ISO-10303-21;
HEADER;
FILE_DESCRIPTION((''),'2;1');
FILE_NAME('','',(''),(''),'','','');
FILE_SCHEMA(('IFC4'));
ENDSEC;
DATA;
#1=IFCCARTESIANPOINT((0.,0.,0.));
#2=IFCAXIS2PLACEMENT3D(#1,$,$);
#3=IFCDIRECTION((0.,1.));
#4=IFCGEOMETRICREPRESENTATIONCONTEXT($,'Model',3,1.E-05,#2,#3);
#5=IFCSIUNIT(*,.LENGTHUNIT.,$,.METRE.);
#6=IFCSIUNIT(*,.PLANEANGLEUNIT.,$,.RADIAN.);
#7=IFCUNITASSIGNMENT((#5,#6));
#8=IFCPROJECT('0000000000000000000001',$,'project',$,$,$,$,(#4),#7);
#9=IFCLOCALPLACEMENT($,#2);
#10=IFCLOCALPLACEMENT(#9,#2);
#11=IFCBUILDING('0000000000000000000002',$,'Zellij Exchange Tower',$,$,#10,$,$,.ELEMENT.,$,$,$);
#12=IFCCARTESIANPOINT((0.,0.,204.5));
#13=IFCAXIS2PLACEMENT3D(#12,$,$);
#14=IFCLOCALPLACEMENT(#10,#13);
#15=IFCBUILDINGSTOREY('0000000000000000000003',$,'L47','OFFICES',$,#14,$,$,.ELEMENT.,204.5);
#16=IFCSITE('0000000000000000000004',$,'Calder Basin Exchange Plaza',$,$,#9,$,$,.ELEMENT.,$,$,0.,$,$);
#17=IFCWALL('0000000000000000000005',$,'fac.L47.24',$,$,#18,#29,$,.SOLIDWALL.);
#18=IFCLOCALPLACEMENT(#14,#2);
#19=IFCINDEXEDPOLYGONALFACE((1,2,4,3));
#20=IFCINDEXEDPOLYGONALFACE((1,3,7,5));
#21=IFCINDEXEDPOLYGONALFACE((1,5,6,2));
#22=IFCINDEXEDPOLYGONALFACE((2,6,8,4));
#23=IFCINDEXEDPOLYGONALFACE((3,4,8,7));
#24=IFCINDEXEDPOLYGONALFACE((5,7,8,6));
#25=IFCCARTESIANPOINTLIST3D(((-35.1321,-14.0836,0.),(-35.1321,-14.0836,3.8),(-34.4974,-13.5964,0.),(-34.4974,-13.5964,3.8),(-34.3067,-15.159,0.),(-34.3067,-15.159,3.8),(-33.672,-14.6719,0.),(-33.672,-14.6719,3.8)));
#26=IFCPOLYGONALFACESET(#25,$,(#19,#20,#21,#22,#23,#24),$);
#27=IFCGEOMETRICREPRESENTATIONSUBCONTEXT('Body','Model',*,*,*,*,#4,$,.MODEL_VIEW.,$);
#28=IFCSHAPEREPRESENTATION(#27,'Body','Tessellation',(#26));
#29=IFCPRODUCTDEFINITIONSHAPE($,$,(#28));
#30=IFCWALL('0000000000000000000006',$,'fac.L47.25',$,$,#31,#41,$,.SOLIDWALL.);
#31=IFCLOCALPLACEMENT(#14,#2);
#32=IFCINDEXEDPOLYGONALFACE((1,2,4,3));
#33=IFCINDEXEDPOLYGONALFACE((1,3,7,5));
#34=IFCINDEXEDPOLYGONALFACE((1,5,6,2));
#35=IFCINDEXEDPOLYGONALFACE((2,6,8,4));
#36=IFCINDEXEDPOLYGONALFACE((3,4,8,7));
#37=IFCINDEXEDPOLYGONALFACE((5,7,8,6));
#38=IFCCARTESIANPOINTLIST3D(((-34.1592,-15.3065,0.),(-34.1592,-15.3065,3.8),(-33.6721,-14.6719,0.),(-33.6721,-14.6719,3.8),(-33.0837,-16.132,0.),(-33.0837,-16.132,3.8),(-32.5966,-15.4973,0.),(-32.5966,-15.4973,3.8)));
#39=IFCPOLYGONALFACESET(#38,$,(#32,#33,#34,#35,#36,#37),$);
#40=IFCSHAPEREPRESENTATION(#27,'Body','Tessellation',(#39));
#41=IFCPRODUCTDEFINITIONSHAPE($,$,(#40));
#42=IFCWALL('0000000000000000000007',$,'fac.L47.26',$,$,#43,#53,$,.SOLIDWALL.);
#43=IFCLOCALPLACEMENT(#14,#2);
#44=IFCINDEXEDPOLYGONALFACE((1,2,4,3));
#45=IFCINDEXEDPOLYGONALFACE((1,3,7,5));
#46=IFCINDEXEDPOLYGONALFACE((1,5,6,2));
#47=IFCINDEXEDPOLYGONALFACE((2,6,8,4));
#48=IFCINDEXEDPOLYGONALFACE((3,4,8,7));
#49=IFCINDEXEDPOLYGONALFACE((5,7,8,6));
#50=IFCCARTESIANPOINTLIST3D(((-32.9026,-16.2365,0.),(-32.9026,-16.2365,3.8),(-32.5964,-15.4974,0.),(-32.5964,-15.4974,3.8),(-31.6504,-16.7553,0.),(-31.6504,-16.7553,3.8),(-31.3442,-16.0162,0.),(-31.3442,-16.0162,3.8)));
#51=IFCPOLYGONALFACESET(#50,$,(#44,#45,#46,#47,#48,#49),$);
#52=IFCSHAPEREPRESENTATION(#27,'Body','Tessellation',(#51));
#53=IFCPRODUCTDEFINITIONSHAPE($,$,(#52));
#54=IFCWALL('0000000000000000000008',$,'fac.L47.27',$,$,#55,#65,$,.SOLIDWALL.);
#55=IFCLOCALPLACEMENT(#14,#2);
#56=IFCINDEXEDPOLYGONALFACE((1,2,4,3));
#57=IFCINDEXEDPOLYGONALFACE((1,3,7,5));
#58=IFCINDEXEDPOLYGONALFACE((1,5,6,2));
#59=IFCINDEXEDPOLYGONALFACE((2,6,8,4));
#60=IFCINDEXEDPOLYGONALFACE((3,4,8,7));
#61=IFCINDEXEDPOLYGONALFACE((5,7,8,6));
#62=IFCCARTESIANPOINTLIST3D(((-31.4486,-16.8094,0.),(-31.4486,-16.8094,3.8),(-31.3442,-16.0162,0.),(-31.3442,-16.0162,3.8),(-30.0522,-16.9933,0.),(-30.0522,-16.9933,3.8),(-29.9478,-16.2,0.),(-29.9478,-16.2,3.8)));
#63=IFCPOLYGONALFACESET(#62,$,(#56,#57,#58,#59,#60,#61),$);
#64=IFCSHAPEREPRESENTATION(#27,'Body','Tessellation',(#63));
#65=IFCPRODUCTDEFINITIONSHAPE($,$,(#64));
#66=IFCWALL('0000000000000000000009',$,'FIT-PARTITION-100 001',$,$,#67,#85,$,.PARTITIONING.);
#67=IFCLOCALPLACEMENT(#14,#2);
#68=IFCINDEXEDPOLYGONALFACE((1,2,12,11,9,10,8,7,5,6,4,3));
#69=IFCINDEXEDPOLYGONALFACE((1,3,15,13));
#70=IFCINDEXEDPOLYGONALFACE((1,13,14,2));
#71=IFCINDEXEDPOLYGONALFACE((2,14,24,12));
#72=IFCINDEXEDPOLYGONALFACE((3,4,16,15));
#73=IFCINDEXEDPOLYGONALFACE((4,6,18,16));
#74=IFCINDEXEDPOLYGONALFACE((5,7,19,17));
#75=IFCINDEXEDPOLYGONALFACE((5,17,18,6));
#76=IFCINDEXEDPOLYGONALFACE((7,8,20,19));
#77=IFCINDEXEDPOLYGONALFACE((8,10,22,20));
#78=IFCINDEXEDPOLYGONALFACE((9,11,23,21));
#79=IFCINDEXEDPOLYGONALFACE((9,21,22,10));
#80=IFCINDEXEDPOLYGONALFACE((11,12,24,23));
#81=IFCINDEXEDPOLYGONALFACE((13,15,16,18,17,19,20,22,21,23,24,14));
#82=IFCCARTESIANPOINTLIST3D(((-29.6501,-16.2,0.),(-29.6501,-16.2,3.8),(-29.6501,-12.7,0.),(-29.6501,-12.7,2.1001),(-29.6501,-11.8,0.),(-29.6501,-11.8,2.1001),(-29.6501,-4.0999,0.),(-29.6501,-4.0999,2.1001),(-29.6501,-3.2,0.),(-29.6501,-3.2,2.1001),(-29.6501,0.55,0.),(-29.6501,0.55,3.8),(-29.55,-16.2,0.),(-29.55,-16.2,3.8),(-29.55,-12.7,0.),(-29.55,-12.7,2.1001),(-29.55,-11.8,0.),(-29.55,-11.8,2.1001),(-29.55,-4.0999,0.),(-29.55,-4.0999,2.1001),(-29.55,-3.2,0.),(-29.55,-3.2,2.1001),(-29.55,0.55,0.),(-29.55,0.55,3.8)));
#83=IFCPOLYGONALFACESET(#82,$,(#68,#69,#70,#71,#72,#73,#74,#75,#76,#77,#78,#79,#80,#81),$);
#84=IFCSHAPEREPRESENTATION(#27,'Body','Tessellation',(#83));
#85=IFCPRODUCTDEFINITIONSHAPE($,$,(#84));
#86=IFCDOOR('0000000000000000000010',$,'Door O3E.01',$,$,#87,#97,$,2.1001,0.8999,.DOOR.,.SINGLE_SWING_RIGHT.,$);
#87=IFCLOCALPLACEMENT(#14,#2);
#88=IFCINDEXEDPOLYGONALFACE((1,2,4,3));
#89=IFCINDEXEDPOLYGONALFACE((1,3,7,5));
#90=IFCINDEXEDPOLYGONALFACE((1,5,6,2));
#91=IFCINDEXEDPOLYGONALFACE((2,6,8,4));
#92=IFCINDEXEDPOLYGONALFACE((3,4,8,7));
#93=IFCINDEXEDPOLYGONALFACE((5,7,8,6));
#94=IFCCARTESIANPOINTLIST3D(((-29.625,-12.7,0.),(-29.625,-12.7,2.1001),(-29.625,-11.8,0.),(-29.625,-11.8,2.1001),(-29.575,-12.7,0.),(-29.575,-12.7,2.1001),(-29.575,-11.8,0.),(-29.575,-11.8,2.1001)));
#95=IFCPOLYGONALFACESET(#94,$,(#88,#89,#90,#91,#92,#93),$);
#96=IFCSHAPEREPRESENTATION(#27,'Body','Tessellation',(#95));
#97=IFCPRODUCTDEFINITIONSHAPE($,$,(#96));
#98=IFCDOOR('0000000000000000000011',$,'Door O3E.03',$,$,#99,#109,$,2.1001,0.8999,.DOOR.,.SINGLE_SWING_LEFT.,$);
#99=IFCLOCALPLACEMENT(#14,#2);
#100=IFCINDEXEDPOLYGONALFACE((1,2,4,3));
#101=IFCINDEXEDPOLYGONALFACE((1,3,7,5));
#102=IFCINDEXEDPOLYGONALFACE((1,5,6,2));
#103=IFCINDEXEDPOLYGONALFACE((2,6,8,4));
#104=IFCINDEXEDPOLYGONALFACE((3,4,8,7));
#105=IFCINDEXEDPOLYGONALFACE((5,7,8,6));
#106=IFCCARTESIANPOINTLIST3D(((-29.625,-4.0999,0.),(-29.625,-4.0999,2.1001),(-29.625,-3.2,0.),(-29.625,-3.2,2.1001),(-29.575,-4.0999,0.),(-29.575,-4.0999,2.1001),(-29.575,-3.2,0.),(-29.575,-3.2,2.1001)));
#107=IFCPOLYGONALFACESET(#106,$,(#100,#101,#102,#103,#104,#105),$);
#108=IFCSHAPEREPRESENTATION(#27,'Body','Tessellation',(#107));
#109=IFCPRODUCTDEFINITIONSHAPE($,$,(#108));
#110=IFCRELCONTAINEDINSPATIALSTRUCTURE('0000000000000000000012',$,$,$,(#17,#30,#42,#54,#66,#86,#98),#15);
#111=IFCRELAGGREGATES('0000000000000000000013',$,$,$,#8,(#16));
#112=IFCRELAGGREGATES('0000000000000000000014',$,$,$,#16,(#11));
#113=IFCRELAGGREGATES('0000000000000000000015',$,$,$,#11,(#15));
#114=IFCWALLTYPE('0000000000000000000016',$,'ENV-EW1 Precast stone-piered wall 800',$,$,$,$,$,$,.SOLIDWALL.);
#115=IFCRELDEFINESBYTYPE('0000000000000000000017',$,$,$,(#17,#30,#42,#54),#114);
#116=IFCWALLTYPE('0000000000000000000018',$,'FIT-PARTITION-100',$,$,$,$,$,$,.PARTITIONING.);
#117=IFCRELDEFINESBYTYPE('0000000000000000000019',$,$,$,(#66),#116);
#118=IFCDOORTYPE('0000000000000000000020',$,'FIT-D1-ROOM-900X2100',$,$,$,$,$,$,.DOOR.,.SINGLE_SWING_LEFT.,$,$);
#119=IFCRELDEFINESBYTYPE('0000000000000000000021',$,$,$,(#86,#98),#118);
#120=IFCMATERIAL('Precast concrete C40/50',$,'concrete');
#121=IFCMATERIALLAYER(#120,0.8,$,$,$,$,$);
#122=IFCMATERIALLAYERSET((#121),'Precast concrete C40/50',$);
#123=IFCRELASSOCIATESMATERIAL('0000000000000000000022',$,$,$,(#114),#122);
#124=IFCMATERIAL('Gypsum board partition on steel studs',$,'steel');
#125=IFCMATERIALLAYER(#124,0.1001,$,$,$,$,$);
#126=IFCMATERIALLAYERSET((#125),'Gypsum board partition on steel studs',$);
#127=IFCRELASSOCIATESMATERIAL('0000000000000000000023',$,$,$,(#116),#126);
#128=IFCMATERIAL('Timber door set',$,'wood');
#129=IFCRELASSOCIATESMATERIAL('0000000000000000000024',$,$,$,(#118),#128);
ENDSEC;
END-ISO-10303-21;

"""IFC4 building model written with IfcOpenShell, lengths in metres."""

from ifc_helpers import new_model, si_unit, direction, frame, frame_2d, origin, place, context, subcontext, project, spatial, rectangle, extrude, material, layer, layer_set, type_object, element, fill, save


model = new_model("IFC4")

# Units and contexts
model_context = context("Model", 3, precision=1e-05, world=origin(), true_north=direction((0.0, 1.0)))
body_context = subcontext(model_context, "Body", "Model", "MODEL_VIEW")
ifc_project = project(units=[si_unit("LENGTHUNIT", "METRE"), si_unit("PLANEANGLEUNIT", "RADIAN")], contexts=[model_context])

# Site, building, storey
site_placement = place(None, origin())
site = spatial("IfcSite", under=ifc_project, at=site_placement, Name="Calder Basin Exchange Plaza", CompositionType="ELEMENT", RefElevation=0.0)
building_placement = place(site_placement, origin())
building = spatial("IfcBuilding", under=site, at=building_placement, Name="Zellij Exchange Tower", CompositionType="ELEMENT")
storey_placement = place(building_placement, frame((0.0, 0.0, 204.5)))
storey = spatial("IfcBuildingStorey", under=building, at=storey_placement, Name="L47", Description="OFFICES", CompositionType="ELEMENT", Elevation=204.5)

# Shared definitions
ifc_material_1 = material(Name="Precast concrete C40/50", Category="concrete")
ifc_layer_1 = layer(ifc_material_1, 0.8)
ifc_layer_set_1 = layer_set([ifc_layer_1], Name="Precast concrete C40/50")
wall_type_1 = type_object("IfcWallType", Name="ENV-EW1 Precast stone-piered wall 800", PredefinedType="SOLIDWALL", material=ifc_layer_set_1)

# Walls
for number, where, z_axis, x_axis, name in (
    (1, (-34.8147, -13.8401, 0.0), (0.0, 0.0, 1.0), (0.608866, -0.793273, 0.0), "fac.L47.24"),
    (2, (-33.9155, -14.9893, 0.0), (0.0, 0.0, 1.0), (0.793273, -0.608866, 0.0), "fac.L47.25"),
):
    element("IfcWall", number, at=place(storey_placement, frame(where, z_axis=z_axis, x_axis=x_axis)), inside=storey, type_object=wall_type_1, Name=name, PredefinedType="SOLIDWALL", context=body_context, shape_type="SweptSolid", body=[
        extrude(rectangle(XDim=1.3557, YDim=0.8, at=frame_2d((0.6777, 0.0))), origin(), (0.0, 0.0, 1.0), 3.8),
    ])
wall_1_placement = place(storey_placement, frame((-32.7495, -15.8669, 0.0), z_axis=(0.0, 0.0, 1.0), x_axis=(0.923848, -0.38276, 0.0)))
element("IfcWall", 3, at=wall_1_placement, inside=storey, type_object=wall_type_1, Name="fac.L47.26", PredefinedType="SOLIDWALL", context=body_context, shape_type="SweptSolid", body=[
    extrude(rectangle(XDim=1.3555, YDim=0.8, at=frame_2d((0.6777, 0.0))), origin(), (0.0, 0.0, 1.0), 3.8),
])
wall_2_placement = place(storey_placement, frame((-31.3962, -16.4128, 0.0), z_axis=(0.0, 0.0, 1.0), x_axis=(0.991446, -0.130517, 0.0)))
element("IfcWall", 4, at=wall_2_placement, inside=storey, type_object=wall_type_1, Name="fac.L47.27", PredefinedType="SOLIDWALL", context=body_context, shape_type="SweptSolid", body=[
    extrude(rectangle(XDim=1.4084, YDim=0.8, at=frame_2d((0.7041, 0.0))), origin(), (0.0, 0.0, 1.0), 3.8),
])

# Wall, openings, doors
ifc_material_2 = material(Name="Gypsum board partition on steel studs", Category="steel")
ifc_layer_2 = layer(ifc_material_2, 0.1001)
ifc_layer_set_2 = layer_set([ifc_layer_2], Name="Gypsum board partition on steel studs")
wall_type_2 = type_object("IfcWallType", Name="FIT-PARTITION-100", PredefinedType="PARTITIONING", material=ifc_layer_set_2)
wall_3_placement = place(storey_placement, frame((-29.6001, -16.2, 0.0), z_axis=(0.0, 0.0, 1.0), x_axis=(0.0, 1.0, 0.0)))
wall_3 = element("IfcWall", 5, at=wall_3_placement, inside=storey, type_object=wall_type_2, Name="FIT-PARTITION-100 001", PredefinedType="PARTITIONING", context=body_context, shape_type="SweptSolid", body=[
    extrude(rectangle(XDim=16.75, YDim=0.1001, at=frame_2d((8.375, 0.0))), origin(), (0.0, 0.0, 1.0), 3.8),
])
opening_1_placement = place(wall_3_placement, frame((3.5, 0.0, 0.0)))
opening_1 = element("IfcOpeningElement", 6, at=opening_1_placement, cuts=wall_3, PredefinedType="OPENING", context=body_context, shape_type="SweptSolid", body=[
    extrude(rectangle(XDim=0.8999, YDim=2.1001, at=frame_2d((0.45, 1.05))), frame((0.0, 0.062, 0.0), z_axis=(0.0, -1.0, 0.0), x_axis=(1.0, 0.0, 0.0)), (0.0, 0.0, 1.0), 0.124),
])
opening_2_placement = place(wall_3_placement, frame((12.1001, 0.0, 0.0)))
opening_2 = element("IfcOpeningElement", 7, at=opening_2_placement, cuts=wall_3, PredefinedType="OPENING", context=body_context, shape_type="SweptSolid", body=[
    extrude(rectangle(XDim=0.8999, YDim=2.1001, at=frame_2d((0.45, 1.05))), frame((0.0, 0.062, 0.0), z_axis=(0.0, -1.0, 0.0), x_axis=(1.0, 0.0, 0.0)), (0.0, 0.0, 1.0), 0.124),
])
ifc_material_3 = material(Name="Timber door set", Category="wood")
door_type = type_object("IfcDoorType", Name="FIT-D1-ROOM-900X2100", OperationType="SINGLE_SWING_LEFT", PredefinedType="DOOR", material=ifc_material_3)
door_1_placement = place(opening_1_placement, origin())
door_1 = element("IfcDoor", 8, at=door_1_placement, inside=storey, type_object=door_type, Name="Door O3E.01", OperationType="SINGLE_SWING_RIGHT", OverallHeight=2.1001, OverallWidth=0.8999, PredefinedType="DOOR", context=body_context, shape_type="SweptSolid", body=[
    extrude(rectangle(XDim=0.8999, YDim=2.1001, at=frame_2d((0.45, 1.05))), frame((0.0, 0.0249, 0.0), z_axis=(0.0, -1.0, 0.0), x_axis=(1.0, 0.0, 0.0)), (0.0, 0.0, 1.0), 0.05),
])
fill(opening_1, door_1)
door_2_placement = place(opening_2_placement, origin())
door_2 = element("IfcDoor", 9, at=door_2_placement, inside=storey, type_object=door_type, Name="Door O3E.03", OperationType="SINGLE_SWING_LEFT", OverallHeight=2.1001, OverallWidth=0.8999, PredefinedType="DOOR", context=body_context, shape_type="SweptSolid", body=[
    extrude(rectangle(XDim=0.8999, YDim=2.1001, at=frame_2d((0.45, 1.05))), frame((0.0, 0.0249, 0.0), z_axis=(0.0, -1.0, 0.0), x_axis=(1.0, 0.0, 0.0)), (0.0, 0.0, 1.0), 0.05),
])
fill(opening_2, door_2)

save(model, "model.ifc")
